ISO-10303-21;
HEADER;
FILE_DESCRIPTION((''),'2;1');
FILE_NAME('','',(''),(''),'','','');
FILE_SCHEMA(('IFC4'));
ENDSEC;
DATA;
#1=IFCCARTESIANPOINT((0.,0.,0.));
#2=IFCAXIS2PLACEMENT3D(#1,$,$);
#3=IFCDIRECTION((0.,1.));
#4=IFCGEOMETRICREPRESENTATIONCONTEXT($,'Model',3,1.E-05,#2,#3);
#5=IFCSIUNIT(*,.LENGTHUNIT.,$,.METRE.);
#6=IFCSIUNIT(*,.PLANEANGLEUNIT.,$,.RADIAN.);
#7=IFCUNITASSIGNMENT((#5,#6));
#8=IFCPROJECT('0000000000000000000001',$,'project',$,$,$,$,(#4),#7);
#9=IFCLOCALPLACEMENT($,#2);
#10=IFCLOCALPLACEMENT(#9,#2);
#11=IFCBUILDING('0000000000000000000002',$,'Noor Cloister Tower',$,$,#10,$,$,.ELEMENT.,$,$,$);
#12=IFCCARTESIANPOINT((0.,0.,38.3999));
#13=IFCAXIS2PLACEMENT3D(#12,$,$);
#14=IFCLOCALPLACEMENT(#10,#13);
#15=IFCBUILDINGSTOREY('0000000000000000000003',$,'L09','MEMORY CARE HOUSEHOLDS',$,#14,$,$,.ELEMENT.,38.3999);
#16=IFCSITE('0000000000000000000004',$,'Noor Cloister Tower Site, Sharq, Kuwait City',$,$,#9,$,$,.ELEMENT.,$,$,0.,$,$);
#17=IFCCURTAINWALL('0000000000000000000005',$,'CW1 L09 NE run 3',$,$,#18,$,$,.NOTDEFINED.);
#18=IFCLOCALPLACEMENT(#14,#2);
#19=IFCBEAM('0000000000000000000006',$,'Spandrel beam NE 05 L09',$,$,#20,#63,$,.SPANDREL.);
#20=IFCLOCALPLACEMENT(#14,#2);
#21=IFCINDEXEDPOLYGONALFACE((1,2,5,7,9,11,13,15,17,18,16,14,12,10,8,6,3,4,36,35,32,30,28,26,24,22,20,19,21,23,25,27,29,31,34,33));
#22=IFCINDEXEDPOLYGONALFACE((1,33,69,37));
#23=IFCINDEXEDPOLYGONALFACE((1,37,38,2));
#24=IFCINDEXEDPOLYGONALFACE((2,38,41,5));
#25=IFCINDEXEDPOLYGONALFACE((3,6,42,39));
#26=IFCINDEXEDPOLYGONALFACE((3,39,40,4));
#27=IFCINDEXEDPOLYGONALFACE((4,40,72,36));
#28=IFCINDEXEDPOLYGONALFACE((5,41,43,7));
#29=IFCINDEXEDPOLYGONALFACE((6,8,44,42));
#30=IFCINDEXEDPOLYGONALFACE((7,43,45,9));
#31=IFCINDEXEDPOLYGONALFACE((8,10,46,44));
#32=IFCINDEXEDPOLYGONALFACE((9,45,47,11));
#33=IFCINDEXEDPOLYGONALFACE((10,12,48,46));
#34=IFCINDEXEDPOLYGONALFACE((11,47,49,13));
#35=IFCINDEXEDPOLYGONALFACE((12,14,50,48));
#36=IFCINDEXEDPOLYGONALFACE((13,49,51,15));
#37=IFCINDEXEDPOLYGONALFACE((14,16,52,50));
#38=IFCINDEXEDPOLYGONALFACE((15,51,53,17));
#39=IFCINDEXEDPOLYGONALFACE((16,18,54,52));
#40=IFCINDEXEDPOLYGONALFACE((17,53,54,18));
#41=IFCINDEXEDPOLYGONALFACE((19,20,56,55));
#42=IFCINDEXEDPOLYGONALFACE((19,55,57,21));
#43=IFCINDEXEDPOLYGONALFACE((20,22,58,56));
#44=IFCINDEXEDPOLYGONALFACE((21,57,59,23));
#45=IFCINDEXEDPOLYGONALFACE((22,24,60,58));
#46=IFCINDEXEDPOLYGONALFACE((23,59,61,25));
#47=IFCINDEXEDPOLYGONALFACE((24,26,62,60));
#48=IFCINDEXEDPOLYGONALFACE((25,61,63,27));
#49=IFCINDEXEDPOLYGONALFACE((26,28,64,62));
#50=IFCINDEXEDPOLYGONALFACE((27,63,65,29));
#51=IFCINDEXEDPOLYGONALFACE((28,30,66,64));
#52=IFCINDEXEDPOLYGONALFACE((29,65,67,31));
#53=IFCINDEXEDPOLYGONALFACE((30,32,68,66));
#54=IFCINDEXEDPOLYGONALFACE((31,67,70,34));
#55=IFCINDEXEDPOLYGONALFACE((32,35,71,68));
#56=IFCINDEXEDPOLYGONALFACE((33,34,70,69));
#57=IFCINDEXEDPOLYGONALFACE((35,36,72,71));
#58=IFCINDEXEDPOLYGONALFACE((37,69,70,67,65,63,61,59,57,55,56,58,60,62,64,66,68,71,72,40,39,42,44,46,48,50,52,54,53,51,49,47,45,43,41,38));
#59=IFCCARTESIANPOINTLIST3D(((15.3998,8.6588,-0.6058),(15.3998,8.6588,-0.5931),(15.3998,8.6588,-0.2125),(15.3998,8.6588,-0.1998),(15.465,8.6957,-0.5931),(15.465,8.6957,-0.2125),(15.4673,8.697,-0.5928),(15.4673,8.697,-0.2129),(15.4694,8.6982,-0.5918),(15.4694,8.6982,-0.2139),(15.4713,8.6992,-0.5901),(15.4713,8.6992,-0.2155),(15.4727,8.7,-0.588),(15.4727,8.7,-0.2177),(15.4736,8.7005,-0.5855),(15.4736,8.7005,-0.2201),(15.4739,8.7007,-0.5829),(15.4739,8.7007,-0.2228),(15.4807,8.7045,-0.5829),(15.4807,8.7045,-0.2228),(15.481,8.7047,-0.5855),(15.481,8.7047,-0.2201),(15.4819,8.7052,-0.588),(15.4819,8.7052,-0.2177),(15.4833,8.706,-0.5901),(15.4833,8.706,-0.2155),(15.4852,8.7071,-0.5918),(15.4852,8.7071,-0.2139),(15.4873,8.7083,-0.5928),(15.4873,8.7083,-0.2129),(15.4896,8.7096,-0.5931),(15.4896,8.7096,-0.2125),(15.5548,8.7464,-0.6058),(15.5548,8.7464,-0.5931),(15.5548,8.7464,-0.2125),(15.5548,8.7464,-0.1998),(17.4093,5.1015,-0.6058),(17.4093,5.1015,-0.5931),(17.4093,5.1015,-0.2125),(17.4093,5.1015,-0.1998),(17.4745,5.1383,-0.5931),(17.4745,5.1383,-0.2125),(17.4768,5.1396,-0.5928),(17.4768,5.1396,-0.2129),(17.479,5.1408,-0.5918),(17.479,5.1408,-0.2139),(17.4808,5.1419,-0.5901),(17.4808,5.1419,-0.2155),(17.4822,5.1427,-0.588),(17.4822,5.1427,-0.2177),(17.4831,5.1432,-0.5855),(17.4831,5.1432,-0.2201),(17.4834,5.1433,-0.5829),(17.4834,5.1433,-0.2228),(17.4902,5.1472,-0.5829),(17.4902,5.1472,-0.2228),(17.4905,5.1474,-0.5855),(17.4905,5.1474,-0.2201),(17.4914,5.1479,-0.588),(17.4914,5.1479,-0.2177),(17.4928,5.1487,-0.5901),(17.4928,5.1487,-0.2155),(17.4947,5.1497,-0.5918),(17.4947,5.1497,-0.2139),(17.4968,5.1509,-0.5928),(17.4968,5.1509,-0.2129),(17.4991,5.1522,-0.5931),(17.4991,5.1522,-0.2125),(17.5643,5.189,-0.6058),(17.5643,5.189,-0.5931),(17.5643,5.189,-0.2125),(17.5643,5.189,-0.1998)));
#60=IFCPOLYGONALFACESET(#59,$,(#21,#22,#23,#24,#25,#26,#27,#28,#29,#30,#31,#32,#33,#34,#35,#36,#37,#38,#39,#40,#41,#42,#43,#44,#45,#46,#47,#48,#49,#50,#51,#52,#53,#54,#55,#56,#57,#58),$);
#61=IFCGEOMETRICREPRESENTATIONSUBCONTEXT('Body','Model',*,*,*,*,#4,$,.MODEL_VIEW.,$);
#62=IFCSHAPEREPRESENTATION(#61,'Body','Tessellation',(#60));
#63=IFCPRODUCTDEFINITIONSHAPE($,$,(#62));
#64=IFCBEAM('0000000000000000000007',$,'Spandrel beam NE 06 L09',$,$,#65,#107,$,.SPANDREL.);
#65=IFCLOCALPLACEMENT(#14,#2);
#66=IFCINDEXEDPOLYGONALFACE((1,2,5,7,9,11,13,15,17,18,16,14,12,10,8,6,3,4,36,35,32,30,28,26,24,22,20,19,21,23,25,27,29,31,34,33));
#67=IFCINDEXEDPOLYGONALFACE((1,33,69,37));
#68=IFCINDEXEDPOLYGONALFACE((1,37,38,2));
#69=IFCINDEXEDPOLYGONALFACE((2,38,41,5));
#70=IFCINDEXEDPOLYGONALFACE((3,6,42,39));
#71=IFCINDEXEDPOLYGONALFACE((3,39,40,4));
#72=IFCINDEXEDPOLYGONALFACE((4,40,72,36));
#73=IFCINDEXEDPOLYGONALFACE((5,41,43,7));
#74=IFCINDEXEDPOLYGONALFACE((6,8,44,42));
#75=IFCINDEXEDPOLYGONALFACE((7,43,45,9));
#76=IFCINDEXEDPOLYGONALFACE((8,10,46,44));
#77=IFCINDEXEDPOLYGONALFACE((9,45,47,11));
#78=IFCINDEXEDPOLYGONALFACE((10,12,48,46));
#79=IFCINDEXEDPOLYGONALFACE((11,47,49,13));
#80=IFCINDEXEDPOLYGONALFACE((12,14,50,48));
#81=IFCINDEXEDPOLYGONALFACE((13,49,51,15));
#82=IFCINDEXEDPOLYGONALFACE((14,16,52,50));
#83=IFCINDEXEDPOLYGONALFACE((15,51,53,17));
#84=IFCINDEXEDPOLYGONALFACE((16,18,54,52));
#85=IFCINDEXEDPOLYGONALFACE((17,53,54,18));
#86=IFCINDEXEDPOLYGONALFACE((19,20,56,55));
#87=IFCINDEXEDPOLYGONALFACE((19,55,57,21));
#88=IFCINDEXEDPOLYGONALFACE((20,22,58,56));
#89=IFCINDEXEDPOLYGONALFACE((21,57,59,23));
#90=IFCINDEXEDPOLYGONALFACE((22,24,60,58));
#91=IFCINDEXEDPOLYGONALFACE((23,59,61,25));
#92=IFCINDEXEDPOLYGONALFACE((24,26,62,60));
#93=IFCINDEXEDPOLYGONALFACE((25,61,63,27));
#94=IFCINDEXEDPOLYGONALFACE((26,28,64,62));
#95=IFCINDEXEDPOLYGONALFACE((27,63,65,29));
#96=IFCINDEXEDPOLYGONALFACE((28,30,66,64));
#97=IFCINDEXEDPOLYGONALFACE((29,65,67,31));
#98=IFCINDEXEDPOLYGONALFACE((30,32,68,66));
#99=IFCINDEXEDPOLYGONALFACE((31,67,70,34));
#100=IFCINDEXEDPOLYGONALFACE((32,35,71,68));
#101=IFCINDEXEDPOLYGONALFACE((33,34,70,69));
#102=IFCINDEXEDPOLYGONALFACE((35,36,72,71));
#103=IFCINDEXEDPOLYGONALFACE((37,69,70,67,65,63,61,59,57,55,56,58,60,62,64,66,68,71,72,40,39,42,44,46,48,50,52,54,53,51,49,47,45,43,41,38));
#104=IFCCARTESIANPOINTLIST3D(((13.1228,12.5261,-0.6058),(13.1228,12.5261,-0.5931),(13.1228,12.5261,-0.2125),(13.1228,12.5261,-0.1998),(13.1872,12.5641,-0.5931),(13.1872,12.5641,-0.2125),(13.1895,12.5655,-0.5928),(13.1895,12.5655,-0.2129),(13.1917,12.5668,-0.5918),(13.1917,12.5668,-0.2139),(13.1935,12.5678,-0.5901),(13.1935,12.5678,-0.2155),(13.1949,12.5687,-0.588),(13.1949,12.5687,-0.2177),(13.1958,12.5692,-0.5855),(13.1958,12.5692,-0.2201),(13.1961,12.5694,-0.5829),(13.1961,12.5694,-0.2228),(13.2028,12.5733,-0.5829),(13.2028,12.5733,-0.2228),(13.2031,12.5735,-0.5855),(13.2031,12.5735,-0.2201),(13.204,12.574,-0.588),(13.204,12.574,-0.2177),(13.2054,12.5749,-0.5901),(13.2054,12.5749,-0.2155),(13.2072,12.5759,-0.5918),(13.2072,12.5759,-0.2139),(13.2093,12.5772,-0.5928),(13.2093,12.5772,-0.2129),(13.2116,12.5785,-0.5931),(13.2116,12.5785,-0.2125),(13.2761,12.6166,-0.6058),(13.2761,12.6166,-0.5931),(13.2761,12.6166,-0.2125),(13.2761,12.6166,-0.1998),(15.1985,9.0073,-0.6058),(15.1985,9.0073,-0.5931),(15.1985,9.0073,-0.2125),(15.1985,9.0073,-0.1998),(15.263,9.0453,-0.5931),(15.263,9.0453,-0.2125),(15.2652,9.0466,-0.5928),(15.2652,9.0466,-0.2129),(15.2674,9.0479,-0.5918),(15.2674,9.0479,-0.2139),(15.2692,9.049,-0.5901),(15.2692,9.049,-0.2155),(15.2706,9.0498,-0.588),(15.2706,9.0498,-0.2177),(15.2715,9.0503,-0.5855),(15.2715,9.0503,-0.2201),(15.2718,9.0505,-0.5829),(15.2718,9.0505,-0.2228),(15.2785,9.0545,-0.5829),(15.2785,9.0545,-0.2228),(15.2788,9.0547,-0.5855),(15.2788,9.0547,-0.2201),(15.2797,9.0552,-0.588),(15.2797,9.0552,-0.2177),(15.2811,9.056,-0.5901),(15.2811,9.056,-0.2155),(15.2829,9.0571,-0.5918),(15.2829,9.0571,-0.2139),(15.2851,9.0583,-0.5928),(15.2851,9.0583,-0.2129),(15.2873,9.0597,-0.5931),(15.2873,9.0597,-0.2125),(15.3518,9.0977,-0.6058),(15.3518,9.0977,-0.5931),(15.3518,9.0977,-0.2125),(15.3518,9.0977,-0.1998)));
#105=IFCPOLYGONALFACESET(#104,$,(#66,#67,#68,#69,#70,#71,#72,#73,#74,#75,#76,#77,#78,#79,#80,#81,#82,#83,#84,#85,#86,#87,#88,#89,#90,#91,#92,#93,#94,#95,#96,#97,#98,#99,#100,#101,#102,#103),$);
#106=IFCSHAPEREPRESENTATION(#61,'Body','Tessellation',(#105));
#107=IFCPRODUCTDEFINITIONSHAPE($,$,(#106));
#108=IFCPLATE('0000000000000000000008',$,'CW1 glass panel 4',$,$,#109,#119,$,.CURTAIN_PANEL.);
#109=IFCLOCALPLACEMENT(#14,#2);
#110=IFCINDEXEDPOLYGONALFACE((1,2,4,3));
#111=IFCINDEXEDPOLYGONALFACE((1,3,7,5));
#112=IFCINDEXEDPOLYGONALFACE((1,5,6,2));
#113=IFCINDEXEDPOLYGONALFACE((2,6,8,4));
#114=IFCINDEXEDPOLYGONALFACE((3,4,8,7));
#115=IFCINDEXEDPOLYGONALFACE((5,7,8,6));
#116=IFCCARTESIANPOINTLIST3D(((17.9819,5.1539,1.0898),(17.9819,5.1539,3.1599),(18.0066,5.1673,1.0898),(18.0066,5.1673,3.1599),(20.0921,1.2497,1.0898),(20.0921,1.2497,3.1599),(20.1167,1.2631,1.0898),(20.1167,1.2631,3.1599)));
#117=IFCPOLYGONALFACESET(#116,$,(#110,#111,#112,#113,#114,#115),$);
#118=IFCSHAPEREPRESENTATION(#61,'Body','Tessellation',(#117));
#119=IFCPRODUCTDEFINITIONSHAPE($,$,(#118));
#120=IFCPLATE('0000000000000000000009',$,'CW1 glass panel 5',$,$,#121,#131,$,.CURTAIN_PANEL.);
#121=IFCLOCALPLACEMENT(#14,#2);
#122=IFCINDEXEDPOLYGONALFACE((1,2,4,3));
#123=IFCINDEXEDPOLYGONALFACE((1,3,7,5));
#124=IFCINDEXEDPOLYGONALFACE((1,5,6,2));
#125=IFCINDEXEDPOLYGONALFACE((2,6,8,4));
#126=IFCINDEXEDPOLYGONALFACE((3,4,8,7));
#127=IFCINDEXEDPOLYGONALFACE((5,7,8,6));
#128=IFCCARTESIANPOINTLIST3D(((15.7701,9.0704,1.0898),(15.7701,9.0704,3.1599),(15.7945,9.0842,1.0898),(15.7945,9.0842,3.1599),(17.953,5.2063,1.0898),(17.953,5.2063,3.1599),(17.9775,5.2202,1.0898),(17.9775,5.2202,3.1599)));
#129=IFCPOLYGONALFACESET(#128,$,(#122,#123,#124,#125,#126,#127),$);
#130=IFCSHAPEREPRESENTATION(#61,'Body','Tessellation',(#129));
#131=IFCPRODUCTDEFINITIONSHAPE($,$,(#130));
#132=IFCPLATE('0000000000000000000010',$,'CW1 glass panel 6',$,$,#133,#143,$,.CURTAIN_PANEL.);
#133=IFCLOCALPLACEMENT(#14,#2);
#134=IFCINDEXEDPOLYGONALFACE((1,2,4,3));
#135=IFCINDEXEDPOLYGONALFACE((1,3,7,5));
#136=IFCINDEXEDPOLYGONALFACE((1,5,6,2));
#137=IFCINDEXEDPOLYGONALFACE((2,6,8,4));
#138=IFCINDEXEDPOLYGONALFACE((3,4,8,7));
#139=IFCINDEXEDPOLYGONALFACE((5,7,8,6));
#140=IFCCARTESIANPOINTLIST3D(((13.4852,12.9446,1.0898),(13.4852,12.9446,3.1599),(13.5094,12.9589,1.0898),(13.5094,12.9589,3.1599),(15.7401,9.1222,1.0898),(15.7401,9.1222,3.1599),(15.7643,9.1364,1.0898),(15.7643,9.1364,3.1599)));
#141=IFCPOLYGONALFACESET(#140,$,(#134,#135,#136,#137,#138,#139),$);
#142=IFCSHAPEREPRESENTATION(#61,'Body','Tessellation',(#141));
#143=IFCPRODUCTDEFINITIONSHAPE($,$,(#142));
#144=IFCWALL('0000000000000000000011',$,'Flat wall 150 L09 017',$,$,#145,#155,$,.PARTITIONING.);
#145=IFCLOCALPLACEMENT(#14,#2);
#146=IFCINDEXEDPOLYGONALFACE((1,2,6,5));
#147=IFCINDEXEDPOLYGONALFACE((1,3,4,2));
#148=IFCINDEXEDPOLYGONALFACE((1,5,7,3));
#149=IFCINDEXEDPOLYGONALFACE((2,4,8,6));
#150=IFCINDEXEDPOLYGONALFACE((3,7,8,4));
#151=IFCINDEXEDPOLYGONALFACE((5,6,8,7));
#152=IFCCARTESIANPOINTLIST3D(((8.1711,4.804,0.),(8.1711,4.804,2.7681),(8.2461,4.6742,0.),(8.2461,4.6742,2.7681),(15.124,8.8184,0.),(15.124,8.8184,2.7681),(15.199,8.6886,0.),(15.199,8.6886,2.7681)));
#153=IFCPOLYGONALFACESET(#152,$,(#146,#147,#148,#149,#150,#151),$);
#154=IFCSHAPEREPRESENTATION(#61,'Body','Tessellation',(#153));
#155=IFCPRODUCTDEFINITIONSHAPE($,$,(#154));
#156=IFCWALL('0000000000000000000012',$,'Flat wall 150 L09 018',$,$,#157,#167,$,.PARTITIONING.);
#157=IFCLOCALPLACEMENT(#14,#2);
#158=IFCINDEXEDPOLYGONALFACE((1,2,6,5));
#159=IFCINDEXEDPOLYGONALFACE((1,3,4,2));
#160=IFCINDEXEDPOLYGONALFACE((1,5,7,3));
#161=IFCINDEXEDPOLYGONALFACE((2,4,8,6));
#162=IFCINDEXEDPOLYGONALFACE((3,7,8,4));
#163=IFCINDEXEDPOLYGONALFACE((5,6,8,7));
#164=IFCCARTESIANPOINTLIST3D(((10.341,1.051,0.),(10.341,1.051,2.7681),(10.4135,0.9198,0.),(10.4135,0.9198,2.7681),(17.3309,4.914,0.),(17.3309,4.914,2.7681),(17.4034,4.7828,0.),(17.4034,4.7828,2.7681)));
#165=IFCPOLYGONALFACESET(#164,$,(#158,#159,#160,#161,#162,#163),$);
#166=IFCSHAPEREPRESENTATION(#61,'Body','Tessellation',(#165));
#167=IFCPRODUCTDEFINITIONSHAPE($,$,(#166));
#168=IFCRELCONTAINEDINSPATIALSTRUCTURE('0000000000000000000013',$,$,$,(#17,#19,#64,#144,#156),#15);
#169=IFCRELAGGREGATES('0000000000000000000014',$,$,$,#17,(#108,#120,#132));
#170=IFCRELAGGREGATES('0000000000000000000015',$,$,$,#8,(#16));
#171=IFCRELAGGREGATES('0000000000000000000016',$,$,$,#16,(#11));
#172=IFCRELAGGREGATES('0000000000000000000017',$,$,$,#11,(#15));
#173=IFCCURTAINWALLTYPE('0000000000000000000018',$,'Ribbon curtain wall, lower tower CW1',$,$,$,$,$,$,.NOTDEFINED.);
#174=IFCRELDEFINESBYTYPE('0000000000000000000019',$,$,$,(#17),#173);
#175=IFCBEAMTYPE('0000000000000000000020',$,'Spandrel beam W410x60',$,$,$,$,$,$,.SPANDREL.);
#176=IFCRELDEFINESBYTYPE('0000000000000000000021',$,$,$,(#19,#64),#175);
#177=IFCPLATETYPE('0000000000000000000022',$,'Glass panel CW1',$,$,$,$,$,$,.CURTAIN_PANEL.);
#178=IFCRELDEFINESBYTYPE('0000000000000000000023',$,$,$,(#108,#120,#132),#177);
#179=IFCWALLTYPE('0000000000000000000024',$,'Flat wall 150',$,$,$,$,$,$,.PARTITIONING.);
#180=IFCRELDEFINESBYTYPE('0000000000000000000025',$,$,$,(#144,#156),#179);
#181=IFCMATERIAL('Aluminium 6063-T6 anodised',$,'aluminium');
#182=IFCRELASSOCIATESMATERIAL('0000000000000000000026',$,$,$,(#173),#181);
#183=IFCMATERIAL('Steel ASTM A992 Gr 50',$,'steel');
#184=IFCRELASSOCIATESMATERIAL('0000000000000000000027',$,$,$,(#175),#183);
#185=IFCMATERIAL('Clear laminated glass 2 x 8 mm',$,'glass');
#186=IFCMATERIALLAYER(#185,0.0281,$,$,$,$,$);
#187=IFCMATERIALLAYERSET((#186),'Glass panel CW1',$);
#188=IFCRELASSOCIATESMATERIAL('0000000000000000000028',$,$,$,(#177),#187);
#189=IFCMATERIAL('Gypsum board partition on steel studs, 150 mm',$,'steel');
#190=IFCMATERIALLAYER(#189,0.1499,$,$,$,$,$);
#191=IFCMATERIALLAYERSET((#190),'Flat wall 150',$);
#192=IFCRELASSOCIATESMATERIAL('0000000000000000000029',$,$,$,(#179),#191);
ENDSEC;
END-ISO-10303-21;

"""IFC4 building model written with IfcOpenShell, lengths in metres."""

from ifc_helpers import new_model, si_unit, direction, frame, frame_2d, origin, origin_2d, place, context, subcontext, project, spatial, rectangle, i_section, extrude, material, layer, layer_set, material_profile, profile_set, type_object, element, aggregate, save


model = new_model("IFC4")

# Units and contexts
model_context = context("Model", 3, precision=1e-05, world=origin(), true_north=direction((0.0, 1.0)))
body_context = subcontext(model_context, "Body", "Model", "MODEL_VIEW")
ifc_project = project(units=[si_unit("LENGTHUNIT", "METRE"), si_unit("PLANEANGLEUNIT", "RADIAN")], contexts=[model_context])

# Site, building, storey
site_placement = place(None, origin())
site = spatial("IfcSite", under=ifc_project, at=site_placement, Name="Noor Cloister Tower Site, Sharq, Kuwait City", CompositionType="ELEMENT", RefElevation=0.0)
building_placement = place(site_placement, origin())
building = spatial("IfcBuilding", under=site, at=building_placement, Name="Noor Cloister Tower", CompositionType="ELEMENT")
storey_placement = place(building_placement, frame((0.0, 0.0, 38.3999)))
storey = spatial("IfcBuildingStorey", under=building, at=storey_placement, Name="L09", Description="MEMORY CARE HOUSEHOLDS", CompositionType="ELEMENT", Elevation=38.3999)

# Curtain wall
ifc_material_1 = material(Name="Aluminium 6063-T6 anodised", Category="aluminium")
curtain_wall_type = type_object("IfcCurtainWallType", Name="Ribbon curtain wall, lower tower CW1", PredefinedType="NOTDEFINED", material=ifc_material_1)
curtain_wall_placement = place(storey_placement, origin())
curtain_wall = element("IfcCurtainWall", 1, at=curtain_wall_placement, inside=storey, type_object=curtain_wall_type, Name="CW1 L09 NE run 3", PredefinedType="NOTDEFINED")

# Beams
ifc_material_2 = material(Name="Steel ASTM A992 Gr 50", Category="steel")
ifc_material_profile_1 = material_profile(ifc_material_2, i_section(OverallWidth=0.178, OverallDepth=0.406, WebThickness=0.0078, FlangeThickness=0.0127, FilletRadius=0.0103, at=origin_2d()), Name="W410x60")
ifc_profile_set_1 = profile_set([ifc_material_profile_1], Name="Steel ASTM A992 Gr 50")
beam_type_1 = type_object("IfcBeamType", Name="Spandrel beam W410x60", PredefinedType="SPANDREL", material=ifc_profile_set_1)
for number, where, z_axis, x_axis, name in (
    (2, (17.4868, 5.1453, -0.4028), (-0.491841, 0.870685, 0.0), (-0.870685, -0.491841, 0.0), "Spandrel beam NE 05 L09"),
):
    element("IfcBeam", number, at=place(storey_placement, frame(where, z_axis=z_axis, x_axis=x_axis)), inside=storey, type_object=beam_type_1, Name=name, PredefinedType="SPANDREL", context=body_context, shape_type="SweptSolid", body=[
        extrude(i_section(OverallWidth=0.178, OverallDepth=0.406, WebThickness=0.0078, FlangeThickness=0.0127, FilletRadius=0.0103, at=origin_2d()), origin(), (0.0, 0.0, 1.0), 4.0857),
    ])
beam_1_placement = place(storey_placement, frame((15.2751, 9.0525, -0.4028), z_axis=(-0.508075, 0.861313, 0.0), x_axis=(-0.861313, -0.508075, 0.0)))
element("IfcBeam", 3, at=beam_1_placement, inside=storey, type_object=beam_type_1, Name="Spandrel beam NE 06 L09", PredefinedType="SPANDREL", context=body_context, shape_type="SweptSolid", body=[
    extrude(i_section(OverallWidth=0.178, OverallDepth=0.406, WebThickness=0.0078, FlangeThickness=0.0127, FilletRadius=0.0103, at=origin_2d()), origin(), (0.0, 0.0, 1.0), 4.0854),
])

# Plates
ifc_material_3 = material(Name="Clear laminated glass 2 x 8 mm", Category="glass")
ifc_layer_1 = layer(ifc_material_3, 0.0281)
ifc_layer_set_1 = layer_set([ifc_layer_1], Name="Glass panel CW1")
plate_type = type_object("IfcPlateType", Name="Glass panel CW1", PredefinedType="CURTAIN_PANEL", material=ifc_layer_set_1)
plate_1_placement = place(storey_placement, frame((19.0493, 3.2085, 1.0898), z_axis=(0.0, 0.0, 1.0), x_axis=(-0.475478, 0.879727, 0.0)))
plate_1 = element("IfcPlate", 4, at=plate_1_placement, type_object=plate_type, Name="CW1 glass panel 4", PredefinedType="CURTAIN_PANEL", context=body_context, shape_type="SweptSolid", body=[
    extrude(rectangle(XDim=4.438, YDim=0.0281, at=origin_2d()), origin(), (0.0, 0.0, 1.0), 2.0701),
])
plate_2_placement = place(storey_placement, frame((16.8738, 7.1453, 1.0898), z_axis=(0.0, 0.0, 1.0), x_axis=(-0.491869, 0.870669, 0.0)))
plate_2 = element("IfcPlate", 5, at=plate_2_placement, type_object=plate_type, Name="CW1 glass panel 5", PredefinedType="CURTAIN_PANEL", context=body_context, shape_type="SweptSolid", body=[
    extrude(rectangle(XDim=4.438, YDim=0.0281, at=origin_2d()), origin(), (0.0, 0.0, 1.0), 2.0701),
])
plate_3_placement = place(storey_placement, frame((14.6248, 11.0405, 1.0898), z_axis=(0.0, 0.0, 1.0), x_axis=(-0.508087, 0.861306, 0.0)))
plate_3 = element("IfcPlate", 6, at=plate_3_placement, type_object=plate_type, Name="CW1 glass panel 6", PredefinedType="CURTAIN_PANEL", context=body_context, shape_type="SweptSolid", body=[
    extrude(rectangle(XDim=4.438, YDim=0.0281, at=origin_2d()), origin(), (0.0, 0.0, 1.0), 2.0701),
])
aggregate(curtain_wall, [plate_1, plate_2, plate_3])

# Walls
ifc_material_4 = material(Name="Gypsum board partition on steel studs, 150 mm", Category="steel")
ifc_layer_2 = layer(ifc_material_4, 0.1499)
ifc_layer_set_2 = layer_set([ifc_layer_2], Name="Flat wall 150")
wall_type = type_object("IfcWallType", Name="Flat wall 150", PredefinedType="PARTITIONING", material=ifc_layer_set_2)
wall_1_placement = place(storey_placement, frame((15.1614, 8.7534, 0.0), z_axis=(0.0, 0.0, 1.0), x_axis=(-0.866017, -0.500015, 0.0)))
element("IfcWall", 7, at=wall_1_placement, inside=storey, type_object=wall_type, Name="Flat wall 150 L09 017", PredefinedType="PARTITIONING", context=body_context, shape_type="SweptSolid", body=[
    extrude(rectangle(XDim=8.0286, YDim=0.1499, at=frame_2d((4.0142, 0.0))), origin(), (0.0, 0.0, 1.0), 2.7681),
])
wall_2_placement = place(storey_placement, frame((17.3672, 4.8484, 0.0), z_axis=(0.0, 0.0, 1.0), x_axis=(-0.875234, -0.4837, 0.0)))
element("IfcWall", 8, at=wall_2_placement, inside=storey, type_object=wall_type, Name="Flat wall 150 L09 018", PredefinedType="PARTITIONING", context=body_context, shape_type="SweptSolid", body=[
    extrude(rectangle(XDim=7.9863, YDim=0.1499, at=frame_2d((3.9932, 0.0))), origin(), (0.0, 0.0, 1.0), 2.7681),
])

save(model, "model.ifc")
